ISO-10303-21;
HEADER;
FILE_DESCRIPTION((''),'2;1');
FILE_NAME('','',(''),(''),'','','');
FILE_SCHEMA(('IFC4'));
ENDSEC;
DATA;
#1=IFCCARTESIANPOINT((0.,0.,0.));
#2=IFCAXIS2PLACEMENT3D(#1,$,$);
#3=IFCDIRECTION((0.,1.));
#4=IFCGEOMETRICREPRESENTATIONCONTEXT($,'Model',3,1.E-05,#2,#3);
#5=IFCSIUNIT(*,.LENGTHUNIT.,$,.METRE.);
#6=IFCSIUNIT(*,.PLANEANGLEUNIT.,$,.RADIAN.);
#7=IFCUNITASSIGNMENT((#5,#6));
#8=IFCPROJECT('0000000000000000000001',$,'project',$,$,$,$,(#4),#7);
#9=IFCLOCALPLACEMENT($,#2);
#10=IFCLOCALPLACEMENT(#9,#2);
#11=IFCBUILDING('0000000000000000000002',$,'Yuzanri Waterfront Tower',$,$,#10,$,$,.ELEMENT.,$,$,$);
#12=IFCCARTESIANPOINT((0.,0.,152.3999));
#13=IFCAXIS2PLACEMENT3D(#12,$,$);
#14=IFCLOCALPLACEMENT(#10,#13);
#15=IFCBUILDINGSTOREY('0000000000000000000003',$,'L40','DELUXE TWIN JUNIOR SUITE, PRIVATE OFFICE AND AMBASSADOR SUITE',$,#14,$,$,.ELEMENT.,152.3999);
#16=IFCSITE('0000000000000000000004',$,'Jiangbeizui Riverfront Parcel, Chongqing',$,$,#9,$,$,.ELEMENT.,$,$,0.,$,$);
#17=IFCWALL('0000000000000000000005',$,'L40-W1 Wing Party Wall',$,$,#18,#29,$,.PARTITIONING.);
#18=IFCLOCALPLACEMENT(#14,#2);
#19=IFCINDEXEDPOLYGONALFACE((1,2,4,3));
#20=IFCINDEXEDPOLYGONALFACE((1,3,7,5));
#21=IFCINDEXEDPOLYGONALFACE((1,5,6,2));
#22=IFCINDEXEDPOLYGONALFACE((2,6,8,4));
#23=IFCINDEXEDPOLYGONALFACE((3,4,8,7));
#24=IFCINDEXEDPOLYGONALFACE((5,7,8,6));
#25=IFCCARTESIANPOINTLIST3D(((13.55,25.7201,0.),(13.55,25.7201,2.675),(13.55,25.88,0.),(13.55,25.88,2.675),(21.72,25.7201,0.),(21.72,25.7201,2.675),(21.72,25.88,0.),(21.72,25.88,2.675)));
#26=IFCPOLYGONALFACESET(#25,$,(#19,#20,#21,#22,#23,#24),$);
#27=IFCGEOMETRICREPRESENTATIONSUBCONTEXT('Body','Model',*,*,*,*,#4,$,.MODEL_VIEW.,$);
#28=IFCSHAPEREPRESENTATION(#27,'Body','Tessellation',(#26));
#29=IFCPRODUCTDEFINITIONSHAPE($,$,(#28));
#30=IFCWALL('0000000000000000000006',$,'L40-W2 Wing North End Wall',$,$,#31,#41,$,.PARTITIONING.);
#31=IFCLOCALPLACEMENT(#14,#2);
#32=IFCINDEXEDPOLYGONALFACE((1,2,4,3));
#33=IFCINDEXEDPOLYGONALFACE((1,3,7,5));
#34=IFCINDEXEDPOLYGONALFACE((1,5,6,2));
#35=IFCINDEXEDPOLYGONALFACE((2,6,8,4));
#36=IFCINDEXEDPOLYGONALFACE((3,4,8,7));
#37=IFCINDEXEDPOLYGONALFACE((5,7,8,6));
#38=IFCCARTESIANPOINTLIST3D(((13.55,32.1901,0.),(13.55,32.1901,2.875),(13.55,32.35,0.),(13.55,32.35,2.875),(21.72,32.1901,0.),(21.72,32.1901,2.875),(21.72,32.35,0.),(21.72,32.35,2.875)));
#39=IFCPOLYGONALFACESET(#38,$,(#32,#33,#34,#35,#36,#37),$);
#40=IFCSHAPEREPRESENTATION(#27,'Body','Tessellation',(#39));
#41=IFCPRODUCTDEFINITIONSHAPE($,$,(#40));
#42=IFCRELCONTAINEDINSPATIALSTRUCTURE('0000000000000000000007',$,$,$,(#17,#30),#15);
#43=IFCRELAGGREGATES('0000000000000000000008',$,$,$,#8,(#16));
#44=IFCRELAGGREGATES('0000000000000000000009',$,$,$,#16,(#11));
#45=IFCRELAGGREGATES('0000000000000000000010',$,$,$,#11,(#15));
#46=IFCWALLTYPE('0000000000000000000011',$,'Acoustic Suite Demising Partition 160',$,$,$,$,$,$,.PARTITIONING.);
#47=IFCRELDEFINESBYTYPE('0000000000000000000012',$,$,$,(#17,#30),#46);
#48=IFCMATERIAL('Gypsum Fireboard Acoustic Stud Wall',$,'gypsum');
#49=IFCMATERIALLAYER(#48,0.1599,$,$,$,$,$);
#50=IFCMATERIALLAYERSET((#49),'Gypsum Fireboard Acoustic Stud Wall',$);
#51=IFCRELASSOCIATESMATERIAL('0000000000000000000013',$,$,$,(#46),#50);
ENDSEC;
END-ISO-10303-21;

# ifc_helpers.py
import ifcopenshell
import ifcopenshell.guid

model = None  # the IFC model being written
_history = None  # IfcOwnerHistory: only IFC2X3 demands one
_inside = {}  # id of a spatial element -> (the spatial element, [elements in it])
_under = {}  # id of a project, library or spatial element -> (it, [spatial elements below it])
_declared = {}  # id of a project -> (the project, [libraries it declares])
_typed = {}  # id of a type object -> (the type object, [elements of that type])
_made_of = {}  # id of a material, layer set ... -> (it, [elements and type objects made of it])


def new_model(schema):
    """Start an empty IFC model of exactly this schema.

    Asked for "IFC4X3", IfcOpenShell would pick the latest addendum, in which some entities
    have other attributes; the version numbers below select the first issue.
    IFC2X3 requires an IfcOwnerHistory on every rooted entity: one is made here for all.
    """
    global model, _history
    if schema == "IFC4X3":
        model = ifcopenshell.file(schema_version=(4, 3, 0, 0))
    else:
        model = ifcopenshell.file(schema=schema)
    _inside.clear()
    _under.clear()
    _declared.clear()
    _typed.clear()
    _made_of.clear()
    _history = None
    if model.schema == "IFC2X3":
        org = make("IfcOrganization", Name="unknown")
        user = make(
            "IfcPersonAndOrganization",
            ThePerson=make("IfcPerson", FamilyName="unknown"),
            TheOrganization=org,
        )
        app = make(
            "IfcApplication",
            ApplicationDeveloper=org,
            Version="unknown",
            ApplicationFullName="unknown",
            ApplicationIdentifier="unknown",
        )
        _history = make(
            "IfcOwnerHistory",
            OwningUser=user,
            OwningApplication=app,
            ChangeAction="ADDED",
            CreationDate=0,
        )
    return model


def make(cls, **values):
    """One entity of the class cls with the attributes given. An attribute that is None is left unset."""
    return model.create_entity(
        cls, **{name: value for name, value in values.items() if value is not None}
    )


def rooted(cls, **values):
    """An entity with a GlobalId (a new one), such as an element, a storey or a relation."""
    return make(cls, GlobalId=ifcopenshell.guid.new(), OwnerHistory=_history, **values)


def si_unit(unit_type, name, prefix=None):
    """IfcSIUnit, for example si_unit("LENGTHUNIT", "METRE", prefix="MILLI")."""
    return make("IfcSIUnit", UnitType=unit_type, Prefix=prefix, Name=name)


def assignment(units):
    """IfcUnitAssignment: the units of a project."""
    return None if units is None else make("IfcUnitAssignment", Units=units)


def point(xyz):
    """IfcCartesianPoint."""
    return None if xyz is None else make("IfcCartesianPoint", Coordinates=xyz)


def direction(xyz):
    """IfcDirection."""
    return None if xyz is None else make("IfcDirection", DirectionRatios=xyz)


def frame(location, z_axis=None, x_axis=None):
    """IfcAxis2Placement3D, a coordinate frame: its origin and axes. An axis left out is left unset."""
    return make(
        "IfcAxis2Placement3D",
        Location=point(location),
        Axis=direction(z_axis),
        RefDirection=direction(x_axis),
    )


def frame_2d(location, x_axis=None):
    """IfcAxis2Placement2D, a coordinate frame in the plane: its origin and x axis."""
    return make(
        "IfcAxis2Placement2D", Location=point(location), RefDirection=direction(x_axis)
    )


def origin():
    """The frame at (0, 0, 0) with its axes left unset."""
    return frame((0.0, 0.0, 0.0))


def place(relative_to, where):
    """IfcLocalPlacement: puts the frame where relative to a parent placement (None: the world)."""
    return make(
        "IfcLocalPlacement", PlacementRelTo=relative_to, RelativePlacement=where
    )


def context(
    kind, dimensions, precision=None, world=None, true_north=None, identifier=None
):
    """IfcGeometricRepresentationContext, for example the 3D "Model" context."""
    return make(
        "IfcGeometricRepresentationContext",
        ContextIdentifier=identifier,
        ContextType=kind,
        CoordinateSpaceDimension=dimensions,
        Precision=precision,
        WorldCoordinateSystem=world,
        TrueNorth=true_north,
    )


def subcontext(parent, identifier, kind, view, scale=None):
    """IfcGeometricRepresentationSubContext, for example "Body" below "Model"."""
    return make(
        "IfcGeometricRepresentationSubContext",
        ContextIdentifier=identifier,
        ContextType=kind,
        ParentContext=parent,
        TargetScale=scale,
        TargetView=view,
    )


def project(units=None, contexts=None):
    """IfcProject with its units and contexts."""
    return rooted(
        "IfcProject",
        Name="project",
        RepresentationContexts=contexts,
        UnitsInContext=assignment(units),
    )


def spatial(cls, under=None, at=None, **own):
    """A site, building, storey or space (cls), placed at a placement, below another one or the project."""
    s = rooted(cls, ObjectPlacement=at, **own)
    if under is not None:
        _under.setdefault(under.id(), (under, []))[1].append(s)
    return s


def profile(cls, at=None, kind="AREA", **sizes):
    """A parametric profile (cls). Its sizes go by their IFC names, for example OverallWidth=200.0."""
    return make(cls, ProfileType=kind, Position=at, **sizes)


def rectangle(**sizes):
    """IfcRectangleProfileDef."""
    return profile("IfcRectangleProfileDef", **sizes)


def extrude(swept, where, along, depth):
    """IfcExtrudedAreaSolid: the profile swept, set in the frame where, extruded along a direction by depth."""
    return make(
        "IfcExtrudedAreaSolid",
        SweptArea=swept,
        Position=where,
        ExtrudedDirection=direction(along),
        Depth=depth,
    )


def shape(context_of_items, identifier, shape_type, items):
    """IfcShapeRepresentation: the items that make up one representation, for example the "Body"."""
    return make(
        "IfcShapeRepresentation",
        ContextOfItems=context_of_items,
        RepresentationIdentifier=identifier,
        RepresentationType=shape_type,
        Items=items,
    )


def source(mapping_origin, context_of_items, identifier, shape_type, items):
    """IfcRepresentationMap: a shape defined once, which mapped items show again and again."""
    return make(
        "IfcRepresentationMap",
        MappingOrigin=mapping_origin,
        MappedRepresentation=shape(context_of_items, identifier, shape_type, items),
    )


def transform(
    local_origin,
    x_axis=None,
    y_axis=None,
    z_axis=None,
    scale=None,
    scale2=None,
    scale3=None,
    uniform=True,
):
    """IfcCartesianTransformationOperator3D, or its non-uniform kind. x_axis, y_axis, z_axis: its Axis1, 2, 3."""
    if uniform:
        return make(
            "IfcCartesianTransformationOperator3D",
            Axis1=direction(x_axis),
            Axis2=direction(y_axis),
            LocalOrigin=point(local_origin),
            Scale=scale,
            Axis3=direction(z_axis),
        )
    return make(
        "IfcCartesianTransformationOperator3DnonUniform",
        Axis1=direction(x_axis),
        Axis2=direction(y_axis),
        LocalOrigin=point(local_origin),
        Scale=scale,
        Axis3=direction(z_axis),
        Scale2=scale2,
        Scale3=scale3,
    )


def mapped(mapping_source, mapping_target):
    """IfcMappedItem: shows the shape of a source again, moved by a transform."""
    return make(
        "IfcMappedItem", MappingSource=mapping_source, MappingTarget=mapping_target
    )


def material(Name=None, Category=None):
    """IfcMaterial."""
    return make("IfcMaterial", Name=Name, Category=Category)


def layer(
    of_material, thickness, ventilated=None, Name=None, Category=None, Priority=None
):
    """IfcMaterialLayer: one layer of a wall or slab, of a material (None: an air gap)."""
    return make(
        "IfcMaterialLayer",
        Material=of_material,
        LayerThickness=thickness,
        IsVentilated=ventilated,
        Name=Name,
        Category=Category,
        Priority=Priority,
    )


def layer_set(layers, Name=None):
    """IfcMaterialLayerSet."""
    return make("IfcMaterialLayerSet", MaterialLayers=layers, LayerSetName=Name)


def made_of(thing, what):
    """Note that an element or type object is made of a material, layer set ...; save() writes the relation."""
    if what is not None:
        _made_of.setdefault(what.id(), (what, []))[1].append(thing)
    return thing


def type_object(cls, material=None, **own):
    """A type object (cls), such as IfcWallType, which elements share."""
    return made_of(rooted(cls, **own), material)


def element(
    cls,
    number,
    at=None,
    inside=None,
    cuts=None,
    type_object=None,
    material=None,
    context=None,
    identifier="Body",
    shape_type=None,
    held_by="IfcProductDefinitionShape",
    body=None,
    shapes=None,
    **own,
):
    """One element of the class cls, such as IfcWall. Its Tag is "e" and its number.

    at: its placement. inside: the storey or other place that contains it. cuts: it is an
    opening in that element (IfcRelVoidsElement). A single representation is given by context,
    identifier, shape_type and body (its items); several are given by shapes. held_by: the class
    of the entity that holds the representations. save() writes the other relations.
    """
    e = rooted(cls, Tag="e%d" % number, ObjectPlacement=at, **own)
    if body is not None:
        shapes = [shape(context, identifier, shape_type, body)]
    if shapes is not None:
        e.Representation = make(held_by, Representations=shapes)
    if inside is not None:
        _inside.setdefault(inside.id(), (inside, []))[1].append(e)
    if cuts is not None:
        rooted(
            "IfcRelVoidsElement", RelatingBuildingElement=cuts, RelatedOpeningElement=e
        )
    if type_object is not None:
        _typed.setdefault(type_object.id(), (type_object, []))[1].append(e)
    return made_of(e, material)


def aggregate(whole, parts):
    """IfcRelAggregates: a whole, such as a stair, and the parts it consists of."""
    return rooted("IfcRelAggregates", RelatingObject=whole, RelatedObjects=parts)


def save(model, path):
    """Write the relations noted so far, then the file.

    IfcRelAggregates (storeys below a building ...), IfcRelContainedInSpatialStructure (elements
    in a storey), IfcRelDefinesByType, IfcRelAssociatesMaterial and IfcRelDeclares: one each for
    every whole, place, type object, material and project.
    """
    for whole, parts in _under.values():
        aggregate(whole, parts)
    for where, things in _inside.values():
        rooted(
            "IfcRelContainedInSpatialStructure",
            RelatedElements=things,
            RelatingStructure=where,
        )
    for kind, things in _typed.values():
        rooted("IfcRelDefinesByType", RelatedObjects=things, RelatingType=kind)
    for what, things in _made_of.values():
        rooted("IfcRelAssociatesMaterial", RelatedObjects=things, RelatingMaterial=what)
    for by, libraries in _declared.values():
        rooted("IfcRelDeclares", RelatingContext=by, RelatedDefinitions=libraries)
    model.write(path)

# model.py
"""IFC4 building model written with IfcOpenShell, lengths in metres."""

from ifc_helpers import new_model, si_unit, direction, frame, frame_2d, origin, place, context, subcontext, project, spatial, rectangle, extrude, source, transform, mapped, material, layer, layer_set, type_object, element, save


model = new_model("IFC4")

# Units and contexts
model_context = context("Model", 3, precision=1e-05, world=origin(), true_north=direction((0.0, 1.0)))
body_context = subcontext(model_context, "Body", "Model", "MODEL_VIEW")
ifc_project = project(units=[si_unit("LENGTHUNIT", "METRE"), si_unit("PLANEANGLEUNIT", "RADIAN")], contexts=[model_context])

# Site, building, storey
site_placement = place(None, origin())
site = spatial("IfcSite", under=ifc_project, at=site_placement, Name="Jiangbeizui Riverfront Parcel, Chongqing", CompositionType="ELEMENT", RefElevation=0.0)
building_placement = place(site_placement, origin())
building = spatial("IfcBuilding", under=site, at=building_placement, Name="Yuzanri Waterfront Tower", CompositionType="ELEMENT")
storey_placement = place(building_placement, frame((0.0, 0.0, 152.3999)))
storey = spatial("IfcBuildingStorey", under=building, at=storey_placement, Name="L40", Description="DELUXE TWIN JUNIOR SUITE, PRIVATE OFFICE AND AMBASSADOR SUITE", CompositionType="ELEMENT", Elevation=152.3999)

# Walls
ifc_material_1 = material(Name="Gypsum Fireboard Acoustic Stud Wall", Category="gypsum")
ifc_layer_1 = layer(ifc_material_1, 0.1599)
ifc_layer_set_1 = layer_set([ifc_layer_1], Name="Gypsum Fireboard Acoustic Stud Wall")
wall_type_1 = type_object("IfcWallType", Name="Acoustic Suite Demising Partition 160", PredefinedType="PARTITIONING", material=ifc_layer_set_1)
shared_shape_1 = source(origin(), body_context, "Body", "SweptSolid", [
    extrude(rectangle(XDim=8.1699, YDim=0.1599, at=frame_2d((4.085, 0.0))), origin(), (0.0, 0.0, 1.0), 2.675),
])
wall_1_placement = place(storey_placement, frame((13.55, 25.8, 0.0), z_axis=(0.0, 0.0, 1.0), x_axis=(1.0, 0.0, 0.0)))
element("IfcWall", 1, at=wall_1_placement, inside=storey, type_object=wall_type_1, Name="L40-W1 Wing Party Wall", PredefinedType="PARTITIONING", context=body_context, shape_type="MappedRepresentation", body=[
    mapped(shared_shape_1, transform((0.0, 0.0, 0.0), scale=1.0)),
])
shared_shape_2 = source(origin(), body_context, "Body", "SweptSolid", [
    extrude(rectangle(XDim=8.1699, YDim=0.1599, at=frame_2d((4.085, 0.0))), origin(), (0.0, 0.0, 1.0), 2.875),
])
wall_2_placement = place(storey_placement, frame((13.55, 32.27, 0.0), z_axis=(0.0, 0.0, 1.0), x_axis=(1.0, 0.0, 0.0)))
element("IfcWall", 2, at=wall_2_placement, inside=storey, type_object=wall_type_1, Name="L40-W2 Wing North End Wall", PredefinedType="PARTITIONING", context=body_context, shape_type="MappedRepresentation", body=[
    mapped(shared_shape_2, transform((0.0, 0.0, 0.0), scale=1.0)),
])

save(model, "model.ifc")
